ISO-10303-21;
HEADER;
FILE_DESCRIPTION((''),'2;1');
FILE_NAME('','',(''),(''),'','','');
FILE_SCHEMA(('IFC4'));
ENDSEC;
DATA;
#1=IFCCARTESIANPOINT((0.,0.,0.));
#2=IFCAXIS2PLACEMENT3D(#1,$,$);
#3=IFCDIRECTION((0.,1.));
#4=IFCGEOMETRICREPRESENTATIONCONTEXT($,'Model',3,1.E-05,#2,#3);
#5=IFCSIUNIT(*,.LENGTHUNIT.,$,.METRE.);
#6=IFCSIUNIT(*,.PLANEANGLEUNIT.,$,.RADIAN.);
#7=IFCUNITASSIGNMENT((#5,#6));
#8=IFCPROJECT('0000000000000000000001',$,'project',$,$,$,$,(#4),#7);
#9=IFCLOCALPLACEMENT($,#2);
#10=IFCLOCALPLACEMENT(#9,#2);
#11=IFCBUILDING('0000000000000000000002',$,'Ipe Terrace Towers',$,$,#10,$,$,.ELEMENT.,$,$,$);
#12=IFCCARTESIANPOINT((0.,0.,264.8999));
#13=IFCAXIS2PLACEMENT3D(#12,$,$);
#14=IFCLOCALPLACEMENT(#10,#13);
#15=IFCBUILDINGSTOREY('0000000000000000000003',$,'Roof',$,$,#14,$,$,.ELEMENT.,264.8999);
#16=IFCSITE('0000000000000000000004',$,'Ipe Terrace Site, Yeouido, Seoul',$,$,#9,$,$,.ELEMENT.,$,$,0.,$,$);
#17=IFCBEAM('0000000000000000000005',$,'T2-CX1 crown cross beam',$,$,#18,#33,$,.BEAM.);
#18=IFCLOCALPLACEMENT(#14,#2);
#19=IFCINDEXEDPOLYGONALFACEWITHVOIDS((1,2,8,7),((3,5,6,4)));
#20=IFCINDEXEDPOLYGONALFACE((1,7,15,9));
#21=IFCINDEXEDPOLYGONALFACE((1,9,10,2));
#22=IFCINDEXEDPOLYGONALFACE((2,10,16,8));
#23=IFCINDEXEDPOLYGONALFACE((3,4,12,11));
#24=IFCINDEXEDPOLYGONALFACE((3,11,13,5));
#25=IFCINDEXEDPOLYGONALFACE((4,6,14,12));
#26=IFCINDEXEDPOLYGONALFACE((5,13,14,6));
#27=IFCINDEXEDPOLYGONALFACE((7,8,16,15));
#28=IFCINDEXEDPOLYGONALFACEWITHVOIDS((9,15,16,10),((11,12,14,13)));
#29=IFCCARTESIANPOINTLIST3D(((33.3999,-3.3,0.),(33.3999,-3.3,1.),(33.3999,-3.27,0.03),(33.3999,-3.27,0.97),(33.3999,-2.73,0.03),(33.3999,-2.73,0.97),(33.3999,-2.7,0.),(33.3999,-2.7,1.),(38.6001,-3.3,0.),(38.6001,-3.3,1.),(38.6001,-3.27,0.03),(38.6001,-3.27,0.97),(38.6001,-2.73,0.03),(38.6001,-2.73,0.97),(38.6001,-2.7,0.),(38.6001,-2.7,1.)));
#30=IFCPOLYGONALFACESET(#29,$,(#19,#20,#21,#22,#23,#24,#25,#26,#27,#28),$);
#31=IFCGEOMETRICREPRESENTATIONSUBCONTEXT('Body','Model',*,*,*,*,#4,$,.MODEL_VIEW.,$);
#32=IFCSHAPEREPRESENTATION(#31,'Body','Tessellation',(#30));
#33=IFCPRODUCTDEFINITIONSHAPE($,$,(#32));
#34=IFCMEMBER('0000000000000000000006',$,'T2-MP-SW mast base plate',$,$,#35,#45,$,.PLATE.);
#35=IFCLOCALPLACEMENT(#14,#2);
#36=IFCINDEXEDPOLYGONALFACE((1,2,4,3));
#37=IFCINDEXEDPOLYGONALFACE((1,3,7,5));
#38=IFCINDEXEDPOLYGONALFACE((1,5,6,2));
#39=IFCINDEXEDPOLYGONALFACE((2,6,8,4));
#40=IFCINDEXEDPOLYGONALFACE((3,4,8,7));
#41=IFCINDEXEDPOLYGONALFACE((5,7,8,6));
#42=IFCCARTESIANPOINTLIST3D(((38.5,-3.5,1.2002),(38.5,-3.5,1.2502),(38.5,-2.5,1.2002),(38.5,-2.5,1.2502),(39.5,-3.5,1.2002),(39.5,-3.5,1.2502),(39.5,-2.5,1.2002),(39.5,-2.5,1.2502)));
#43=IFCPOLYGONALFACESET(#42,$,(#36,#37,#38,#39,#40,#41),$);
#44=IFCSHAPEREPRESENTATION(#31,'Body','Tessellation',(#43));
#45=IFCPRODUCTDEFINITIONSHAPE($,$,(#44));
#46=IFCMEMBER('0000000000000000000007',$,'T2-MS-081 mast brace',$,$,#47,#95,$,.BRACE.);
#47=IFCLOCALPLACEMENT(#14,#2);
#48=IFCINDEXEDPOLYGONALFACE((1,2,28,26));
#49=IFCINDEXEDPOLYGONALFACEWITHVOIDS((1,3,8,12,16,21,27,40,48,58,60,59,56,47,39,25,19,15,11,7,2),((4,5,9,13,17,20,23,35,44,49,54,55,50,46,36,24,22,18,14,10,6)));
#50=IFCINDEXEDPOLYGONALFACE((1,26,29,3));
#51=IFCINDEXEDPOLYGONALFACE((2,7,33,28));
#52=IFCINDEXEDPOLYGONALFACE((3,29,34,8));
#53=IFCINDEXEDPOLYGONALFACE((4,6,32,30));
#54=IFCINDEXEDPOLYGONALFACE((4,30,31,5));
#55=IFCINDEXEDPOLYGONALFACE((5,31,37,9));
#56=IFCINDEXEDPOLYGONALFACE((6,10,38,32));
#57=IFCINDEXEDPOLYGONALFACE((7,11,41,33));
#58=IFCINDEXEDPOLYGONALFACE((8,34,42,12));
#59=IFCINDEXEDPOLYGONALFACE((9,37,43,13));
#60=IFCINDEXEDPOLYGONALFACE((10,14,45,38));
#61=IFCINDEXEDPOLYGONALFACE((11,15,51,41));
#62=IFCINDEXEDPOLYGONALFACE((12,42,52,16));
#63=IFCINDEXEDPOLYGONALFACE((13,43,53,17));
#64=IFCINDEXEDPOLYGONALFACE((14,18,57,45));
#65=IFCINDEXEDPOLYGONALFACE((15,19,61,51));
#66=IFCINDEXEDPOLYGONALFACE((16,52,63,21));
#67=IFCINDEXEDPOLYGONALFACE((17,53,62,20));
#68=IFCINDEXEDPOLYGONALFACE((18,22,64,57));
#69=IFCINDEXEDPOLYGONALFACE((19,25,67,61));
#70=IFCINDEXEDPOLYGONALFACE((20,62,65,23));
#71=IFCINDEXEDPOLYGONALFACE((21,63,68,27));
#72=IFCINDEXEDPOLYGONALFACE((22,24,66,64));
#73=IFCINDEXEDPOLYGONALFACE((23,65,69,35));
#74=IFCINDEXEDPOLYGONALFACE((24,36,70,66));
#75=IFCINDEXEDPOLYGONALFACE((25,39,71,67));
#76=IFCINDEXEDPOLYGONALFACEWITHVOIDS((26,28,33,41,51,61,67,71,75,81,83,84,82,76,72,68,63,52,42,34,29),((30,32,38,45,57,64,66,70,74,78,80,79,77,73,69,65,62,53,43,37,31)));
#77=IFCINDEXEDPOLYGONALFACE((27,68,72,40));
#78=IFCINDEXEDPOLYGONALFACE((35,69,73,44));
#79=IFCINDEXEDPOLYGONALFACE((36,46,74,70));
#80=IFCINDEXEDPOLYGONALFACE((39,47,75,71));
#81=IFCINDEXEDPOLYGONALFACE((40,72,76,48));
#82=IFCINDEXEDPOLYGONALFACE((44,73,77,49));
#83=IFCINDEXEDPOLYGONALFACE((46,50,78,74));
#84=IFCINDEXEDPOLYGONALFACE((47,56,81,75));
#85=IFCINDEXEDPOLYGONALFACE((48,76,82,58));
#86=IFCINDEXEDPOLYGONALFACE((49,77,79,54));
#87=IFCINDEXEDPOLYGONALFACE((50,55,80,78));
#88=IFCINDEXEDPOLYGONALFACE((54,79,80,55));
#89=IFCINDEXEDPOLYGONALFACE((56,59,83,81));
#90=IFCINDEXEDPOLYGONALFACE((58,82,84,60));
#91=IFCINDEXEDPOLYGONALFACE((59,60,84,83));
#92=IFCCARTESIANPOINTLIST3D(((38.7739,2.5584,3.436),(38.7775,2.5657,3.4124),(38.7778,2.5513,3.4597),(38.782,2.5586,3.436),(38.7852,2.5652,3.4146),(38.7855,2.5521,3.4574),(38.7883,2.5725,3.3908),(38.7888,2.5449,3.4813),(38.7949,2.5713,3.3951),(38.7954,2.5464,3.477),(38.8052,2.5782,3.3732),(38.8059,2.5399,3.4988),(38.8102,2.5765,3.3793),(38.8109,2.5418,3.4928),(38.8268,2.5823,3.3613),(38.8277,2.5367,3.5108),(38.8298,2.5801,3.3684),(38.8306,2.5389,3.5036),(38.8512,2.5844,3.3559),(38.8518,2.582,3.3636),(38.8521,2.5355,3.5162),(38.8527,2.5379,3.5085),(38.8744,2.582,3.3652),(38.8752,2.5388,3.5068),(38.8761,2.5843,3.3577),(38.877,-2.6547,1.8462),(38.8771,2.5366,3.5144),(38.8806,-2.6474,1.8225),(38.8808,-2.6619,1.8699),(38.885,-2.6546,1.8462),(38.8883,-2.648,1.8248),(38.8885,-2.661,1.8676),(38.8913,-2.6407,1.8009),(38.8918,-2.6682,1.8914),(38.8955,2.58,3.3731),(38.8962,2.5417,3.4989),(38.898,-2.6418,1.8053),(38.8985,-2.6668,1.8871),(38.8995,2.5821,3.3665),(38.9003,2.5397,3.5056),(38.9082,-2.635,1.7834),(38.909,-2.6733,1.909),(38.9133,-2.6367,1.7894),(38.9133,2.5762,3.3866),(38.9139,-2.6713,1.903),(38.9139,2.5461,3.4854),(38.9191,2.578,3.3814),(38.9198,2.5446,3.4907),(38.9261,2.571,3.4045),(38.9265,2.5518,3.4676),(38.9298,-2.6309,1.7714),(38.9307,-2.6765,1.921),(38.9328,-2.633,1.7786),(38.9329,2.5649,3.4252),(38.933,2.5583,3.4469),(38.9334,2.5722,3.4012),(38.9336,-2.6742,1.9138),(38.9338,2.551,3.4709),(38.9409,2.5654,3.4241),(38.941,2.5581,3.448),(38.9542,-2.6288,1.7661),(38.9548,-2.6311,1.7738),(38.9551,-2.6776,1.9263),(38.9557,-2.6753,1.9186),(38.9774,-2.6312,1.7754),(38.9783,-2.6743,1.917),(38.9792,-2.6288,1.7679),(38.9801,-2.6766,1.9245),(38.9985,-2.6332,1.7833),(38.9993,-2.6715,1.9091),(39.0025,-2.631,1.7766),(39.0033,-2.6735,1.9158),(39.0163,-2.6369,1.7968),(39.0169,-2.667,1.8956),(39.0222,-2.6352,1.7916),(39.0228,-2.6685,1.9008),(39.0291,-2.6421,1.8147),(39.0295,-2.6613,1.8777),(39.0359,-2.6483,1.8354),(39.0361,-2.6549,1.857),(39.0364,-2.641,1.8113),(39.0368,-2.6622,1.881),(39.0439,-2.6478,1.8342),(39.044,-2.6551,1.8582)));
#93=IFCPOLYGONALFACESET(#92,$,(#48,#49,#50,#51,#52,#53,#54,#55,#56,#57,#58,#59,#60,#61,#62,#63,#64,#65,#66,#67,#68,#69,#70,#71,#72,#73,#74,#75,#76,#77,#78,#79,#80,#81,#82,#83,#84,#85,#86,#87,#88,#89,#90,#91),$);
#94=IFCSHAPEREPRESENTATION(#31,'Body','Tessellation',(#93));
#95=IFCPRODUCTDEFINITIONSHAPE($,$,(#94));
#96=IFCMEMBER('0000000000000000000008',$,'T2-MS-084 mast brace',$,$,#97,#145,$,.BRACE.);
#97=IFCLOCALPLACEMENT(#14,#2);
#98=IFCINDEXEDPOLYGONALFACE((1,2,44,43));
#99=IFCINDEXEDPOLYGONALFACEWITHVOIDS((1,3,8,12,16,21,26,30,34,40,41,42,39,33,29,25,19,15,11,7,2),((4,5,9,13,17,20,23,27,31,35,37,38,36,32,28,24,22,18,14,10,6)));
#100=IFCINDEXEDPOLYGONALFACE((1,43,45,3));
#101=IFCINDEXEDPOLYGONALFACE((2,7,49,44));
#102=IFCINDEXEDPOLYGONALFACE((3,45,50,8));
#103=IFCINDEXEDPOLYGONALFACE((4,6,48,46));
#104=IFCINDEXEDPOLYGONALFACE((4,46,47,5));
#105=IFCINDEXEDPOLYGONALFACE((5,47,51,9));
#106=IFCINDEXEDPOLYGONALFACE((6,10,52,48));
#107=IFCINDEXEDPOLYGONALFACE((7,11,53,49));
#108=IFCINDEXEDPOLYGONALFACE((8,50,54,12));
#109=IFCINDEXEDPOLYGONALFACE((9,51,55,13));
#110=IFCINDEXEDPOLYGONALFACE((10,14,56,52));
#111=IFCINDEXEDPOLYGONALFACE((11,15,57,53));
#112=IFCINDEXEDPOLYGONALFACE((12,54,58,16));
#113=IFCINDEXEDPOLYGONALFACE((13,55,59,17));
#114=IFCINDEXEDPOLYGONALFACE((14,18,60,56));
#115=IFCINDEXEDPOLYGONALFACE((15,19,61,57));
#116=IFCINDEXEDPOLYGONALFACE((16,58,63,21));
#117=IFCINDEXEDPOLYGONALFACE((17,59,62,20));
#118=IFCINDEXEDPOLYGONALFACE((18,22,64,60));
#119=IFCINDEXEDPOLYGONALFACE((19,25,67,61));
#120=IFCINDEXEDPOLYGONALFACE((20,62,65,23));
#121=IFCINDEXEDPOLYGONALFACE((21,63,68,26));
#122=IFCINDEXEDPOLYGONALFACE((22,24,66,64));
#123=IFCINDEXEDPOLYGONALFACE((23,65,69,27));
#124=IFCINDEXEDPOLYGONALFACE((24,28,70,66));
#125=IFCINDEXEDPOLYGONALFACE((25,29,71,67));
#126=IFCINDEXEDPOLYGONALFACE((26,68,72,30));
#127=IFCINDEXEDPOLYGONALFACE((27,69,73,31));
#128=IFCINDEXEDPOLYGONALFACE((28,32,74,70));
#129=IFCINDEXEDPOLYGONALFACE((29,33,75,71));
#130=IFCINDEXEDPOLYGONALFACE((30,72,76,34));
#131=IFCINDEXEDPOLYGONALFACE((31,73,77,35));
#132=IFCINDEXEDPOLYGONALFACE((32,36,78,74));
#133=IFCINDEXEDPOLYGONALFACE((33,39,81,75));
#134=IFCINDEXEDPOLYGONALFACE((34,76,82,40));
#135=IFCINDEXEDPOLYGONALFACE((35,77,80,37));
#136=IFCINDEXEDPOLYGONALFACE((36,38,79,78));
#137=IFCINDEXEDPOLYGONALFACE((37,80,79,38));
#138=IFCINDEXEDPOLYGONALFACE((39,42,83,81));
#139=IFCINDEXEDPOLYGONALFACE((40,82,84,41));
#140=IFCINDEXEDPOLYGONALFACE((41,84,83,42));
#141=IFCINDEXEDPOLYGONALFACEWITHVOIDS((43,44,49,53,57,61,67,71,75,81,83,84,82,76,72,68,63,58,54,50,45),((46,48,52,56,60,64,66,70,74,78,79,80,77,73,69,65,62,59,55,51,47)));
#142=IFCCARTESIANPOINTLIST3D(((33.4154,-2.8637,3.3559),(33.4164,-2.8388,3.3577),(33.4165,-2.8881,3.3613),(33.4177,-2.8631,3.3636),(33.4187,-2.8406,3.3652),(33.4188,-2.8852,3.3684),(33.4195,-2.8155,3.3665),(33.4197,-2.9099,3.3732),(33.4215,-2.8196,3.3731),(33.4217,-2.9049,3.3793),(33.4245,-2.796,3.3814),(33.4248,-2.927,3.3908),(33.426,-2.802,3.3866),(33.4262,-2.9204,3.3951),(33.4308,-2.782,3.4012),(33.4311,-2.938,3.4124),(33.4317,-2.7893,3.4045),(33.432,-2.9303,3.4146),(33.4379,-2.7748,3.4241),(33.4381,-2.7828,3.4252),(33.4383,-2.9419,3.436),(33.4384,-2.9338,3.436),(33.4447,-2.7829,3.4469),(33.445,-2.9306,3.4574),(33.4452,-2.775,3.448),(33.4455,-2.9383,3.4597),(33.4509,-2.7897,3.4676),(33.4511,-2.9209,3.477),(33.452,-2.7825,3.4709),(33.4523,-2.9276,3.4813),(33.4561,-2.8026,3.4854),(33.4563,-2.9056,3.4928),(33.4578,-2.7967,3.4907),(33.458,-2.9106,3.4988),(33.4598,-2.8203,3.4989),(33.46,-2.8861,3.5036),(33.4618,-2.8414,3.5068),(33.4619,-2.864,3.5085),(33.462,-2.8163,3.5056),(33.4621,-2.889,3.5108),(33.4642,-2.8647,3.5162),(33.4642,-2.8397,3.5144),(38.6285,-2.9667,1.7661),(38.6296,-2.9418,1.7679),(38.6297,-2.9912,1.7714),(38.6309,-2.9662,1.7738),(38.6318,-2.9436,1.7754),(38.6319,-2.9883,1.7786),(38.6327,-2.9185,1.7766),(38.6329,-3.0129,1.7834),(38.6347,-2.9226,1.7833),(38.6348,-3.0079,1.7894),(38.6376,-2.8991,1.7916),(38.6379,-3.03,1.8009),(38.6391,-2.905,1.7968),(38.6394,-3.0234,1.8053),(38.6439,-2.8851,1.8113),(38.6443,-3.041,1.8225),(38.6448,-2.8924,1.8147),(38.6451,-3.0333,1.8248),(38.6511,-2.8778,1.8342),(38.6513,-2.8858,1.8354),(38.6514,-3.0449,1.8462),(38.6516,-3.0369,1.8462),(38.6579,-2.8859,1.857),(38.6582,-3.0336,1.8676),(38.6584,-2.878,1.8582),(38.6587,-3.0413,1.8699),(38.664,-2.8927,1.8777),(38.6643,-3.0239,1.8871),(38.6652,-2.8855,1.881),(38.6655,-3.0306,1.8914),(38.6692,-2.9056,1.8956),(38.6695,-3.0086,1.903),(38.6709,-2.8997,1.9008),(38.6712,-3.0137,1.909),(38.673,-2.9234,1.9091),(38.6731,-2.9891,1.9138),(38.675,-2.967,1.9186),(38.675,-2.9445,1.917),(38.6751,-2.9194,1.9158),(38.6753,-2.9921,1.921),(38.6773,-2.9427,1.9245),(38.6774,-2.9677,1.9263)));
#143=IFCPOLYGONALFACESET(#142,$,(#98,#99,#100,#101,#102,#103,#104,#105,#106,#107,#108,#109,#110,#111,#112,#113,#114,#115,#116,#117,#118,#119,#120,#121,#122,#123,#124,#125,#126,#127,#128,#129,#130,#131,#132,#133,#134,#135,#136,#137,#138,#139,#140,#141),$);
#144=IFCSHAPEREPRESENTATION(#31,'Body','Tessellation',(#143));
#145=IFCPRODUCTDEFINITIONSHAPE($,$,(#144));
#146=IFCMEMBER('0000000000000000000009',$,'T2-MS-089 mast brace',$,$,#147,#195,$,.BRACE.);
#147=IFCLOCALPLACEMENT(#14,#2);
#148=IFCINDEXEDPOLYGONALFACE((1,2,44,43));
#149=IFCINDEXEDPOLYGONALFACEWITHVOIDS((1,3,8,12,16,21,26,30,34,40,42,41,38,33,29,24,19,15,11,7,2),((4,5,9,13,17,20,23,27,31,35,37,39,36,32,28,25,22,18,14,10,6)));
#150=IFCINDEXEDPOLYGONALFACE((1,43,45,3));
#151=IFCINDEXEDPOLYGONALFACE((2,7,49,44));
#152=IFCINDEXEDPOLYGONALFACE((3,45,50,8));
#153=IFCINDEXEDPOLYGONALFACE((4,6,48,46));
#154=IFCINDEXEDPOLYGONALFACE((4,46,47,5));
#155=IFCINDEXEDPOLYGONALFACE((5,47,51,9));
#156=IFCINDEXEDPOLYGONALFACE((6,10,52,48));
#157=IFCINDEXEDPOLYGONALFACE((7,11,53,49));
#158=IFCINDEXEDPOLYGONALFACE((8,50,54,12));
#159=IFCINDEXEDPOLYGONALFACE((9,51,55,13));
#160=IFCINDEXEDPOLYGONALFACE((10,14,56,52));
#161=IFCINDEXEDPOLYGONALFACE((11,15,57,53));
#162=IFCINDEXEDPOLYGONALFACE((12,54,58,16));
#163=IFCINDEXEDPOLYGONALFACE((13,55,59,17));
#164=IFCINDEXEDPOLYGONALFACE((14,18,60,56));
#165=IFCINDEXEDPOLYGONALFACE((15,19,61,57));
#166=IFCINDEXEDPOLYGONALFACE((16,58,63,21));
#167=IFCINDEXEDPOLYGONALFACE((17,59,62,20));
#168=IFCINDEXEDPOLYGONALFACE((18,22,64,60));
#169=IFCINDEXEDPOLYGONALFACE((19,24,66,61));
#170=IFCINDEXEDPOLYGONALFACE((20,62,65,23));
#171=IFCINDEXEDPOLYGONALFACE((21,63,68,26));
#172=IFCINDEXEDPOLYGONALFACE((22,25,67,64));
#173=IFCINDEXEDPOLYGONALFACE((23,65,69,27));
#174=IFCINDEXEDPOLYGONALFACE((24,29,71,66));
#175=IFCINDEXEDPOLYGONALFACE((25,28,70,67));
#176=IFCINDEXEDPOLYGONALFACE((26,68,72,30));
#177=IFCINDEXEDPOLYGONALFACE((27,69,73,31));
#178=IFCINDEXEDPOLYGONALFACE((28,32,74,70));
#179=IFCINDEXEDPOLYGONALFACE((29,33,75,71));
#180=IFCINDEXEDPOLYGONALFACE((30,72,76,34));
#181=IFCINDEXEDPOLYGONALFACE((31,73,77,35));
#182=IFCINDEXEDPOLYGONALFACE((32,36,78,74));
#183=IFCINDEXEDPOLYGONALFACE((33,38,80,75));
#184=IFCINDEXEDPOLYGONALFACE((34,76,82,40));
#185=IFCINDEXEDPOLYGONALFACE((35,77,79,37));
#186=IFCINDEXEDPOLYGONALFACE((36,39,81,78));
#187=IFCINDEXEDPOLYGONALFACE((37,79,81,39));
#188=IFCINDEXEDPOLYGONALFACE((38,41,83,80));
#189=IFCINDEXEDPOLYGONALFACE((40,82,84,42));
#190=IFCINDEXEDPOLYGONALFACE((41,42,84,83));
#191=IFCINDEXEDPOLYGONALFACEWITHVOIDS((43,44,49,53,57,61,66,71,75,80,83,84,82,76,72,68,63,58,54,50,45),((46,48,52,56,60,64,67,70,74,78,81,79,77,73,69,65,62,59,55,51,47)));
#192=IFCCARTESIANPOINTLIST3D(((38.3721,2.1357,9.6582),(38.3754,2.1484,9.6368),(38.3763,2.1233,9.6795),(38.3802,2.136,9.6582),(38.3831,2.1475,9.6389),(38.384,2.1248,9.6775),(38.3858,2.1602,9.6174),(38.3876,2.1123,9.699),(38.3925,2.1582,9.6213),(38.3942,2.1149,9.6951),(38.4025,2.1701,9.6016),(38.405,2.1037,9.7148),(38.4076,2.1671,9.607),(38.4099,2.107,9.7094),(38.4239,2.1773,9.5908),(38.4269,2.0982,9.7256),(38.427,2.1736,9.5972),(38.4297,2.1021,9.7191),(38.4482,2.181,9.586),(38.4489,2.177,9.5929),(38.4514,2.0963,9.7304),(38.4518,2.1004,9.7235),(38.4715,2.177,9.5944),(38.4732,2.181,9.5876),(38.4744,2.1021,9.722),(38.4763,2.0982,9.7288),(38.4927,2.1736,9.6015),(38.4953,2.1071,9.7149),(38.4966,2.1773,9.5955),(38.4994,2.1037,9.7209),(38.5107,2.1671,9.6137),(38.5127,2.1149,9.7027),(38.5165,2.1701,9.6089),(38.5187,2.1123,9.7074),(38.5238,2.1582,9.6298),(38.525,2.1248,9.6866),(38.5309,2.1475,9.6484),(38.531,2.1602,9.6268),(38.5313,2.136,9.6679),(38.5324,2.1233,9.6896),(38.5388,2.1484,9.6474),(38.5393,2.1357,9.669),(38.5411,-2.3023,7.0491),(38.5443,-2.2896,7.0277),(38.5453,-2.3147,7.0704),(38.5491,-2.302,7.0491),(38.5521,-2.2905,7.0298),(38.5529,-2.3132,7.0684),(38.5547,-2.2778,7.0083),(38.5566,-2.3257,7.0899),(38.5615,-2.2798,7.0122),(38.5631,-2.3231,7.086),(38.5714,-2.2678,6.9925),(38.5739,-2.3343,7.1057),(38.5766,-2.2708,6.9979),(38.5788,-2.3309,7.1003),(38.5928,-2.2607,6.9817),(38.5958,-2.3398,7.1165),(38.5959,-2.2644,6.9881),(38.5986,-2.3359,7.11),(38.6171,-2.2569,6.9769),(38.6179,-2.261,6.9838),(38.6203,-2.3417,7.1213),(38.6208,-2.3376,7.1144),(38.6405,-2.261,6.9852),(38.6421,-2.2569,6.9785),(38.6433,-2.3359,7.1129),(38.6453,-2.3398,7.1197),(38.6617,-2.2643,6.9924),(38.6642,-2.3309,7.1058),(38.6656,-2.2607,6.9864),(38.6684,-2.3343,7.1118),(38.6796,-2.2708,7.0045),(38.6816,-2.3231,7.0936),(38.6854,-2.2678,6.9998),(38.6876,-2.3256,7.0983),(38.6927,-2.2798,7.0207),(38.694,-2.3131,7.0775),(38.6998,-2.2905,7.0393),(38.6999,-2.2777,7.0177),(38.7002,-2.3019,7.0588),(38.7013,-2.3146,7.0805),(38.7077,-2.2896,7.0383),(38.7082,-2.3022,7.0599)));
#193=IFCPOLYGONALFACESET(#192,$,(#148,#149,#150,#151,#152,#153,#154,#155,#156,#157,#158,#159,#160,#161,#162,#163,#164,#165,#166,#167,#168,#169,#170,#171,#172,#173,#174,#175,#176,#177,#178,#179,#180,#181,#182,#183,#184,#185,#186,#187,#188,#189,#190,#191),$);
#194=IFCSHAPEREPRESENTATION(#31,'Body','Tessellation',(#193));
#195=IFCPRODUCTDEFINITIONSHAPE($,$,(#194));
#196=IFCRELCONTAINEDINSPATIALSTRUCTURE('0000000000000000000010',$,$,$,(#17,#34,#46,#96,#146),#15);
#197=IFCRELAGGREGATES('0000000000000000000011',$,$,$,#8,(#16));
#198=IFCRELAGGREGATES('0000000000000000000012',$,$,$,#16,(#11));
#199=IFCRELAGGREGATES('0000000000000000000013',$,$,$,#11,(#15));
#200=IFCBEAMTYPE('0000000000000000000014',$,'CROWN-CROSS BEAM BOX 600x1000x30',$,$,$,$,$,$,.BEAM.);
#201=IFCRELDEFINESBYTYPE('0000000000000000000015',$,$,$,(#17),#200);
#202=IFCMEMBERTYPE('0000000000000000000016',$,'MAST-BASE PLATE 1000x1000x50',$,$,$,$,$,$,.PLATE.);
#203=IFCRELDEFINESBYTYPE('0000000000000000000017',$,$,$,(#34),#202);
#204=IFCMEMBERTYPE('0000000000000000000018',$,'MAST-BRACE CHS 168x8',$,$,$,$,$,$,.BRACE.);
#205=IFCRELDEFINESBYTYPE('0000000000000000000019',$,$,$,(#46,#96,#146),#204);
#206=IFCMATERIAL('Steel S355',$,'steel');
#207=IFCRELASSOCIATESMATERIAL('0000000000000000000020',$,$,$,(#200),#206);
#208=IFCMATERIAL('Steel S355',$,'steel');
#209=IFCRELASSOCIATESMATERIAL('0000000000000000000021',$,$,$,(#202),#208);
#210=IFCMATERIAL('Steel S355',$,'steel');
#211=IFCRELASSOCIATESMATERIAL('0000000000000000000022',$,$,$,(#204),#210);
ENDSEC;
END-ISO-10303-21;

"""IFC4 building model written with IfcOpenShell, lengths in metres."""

from ifc_helpers import new_model, si_unit, direction, frame, origin, origin_2d, place, context, subcontext, project, spatial, rectangle, hollow_rectangle, hollow_circle, extrude, material, material_profile, profile_set, type_object, element, save


model = new_model("IFC4")

# Units and contexts
model_context = context("Model", 3, precision=1e-05, world=origin(), true_north=direction((0.0, 1.0)))
body_context = subcontext(model_context, "Body", "Model", "MODEL_VIEW")
ifc_project = project(units=[si_unit("LENGTHUNIT", "METRE"), si_unit("PLANEANGLEUNIT", "RADIAN")], contexts=[model_context])

# Site, building, storey
site_placement = place(None, origin())
site = spatial("IfcSite", under=ifc_project, at=site_placement, Name="Ipe Terrace Site, Yeouido, Seoul", CompositionType="ELEMENT", RefElevation=0.0)
building_placement = place(site_placement, origin())
building = spatial("IfcBuilding", under=site, at=building_placement, Name="Ipe Terrace Towers", CompositionType="ELEMENT")
storey_placement = place(building_placement, frame((0.0, 0.0, 264.8999)))
storey = spatial("IfcBuildingStorey", under=building, at=storey_placement, Name="Roof", CompositionType="ELEMENT", Elevation=264.8999)

# Beam
ifc_material_1 = material(Name="Steel S355", Category="steel")
ifc_material_profile_1 = material_profile(ifc_material_1, hollow_rectangle(XDim=0.6001, YDim=1.0, WallThickness=0.03, at=origin_2d()), Name="CROWN-CROSS BEAM BOX 600x1000x30")
ifc_profile_set_1 = profile_set([ifc_material_profile_1], Name="Steel S355")
beam_type_1 = type_object("IfcBeamType", Name="CROWN-CROSS BEAM BOX 600x1000x30", PredefinedType="BEAM", material=ifc_profile_set_1)
beam_1_placement = place(storey_placement, frame((38.6001, -3.0, 0.5), z_axis=(-1.0, 0.0, 0.0), x_axis=(0.0, -1.0, 0.0)))
element("IfcBeam", 1, at=beam_1_placement, inside=storey, type_object=beam_type_1, Name="T2-CX1 crown cross beam", PredefinedType="BEAM", context=body_context, shape_type="SweptSolid", body=[
    extrude(hollow_rectangle(XDim=0.6001, YDim=1.0, WallThickness=0.03, at=origin_2d()), origin(), (0.0, 0.0, 1.0), 5.2002),
])

# Members
ifc_material_2 = material(Name="Steel S355", Category="steel")
member_type_1 = type_object("IfcMemberType", Name="MAST-BASE PLATE 1000x1000x50", PredefinedType="PLATE", material=ifc_material_2)
member_1_placement = place(storey_placement, frame((39.0, -3.0, 1.2002), z_axis=(0.0, 0.0, 1.0), x_axis=(1.0, 0.0, 0.0)))
element("IfcMember", 2, at=member_1_placement, inside=storey, type_object=member_type_1, Name="T2-MP-SW mast base plate", PredefinedType="PLATE", context=body_context, shape_type="SweptSolid", body=[
    extrude(rectangle(XDim=1.0, YDim=1.0, at=origin_2d()), origin(), (0.0, 0.0, 1.0), 0.05),
])
ifc_material_3 = material(Name="Steel S355", Category="steel")
ifc_material_profile_2 = material_profile(ifc_material_3, hollow_circle(Radius=0.084, WallThickness=0.0081, at=origin_2d()), Name="MAST-BRACE CHS 168x8")
ifc_profile_set_2 = profile_set([ifc_material_profile_2], Name="Steel S355")
member_type_2 = type_object("IfcMemberType", Name="MAST-BRACE CHS 168x8", PredefinedType="BRACE", material=ifc_profile_set_2)
for number, where, z_axis, x_axis, name in (
    (3, (38.9609, -2.6531, 1.8462), (-0.0189, 0.956337, 0.291653), (-0.999805, -0.019759, 0.0), "T2-MS-081 mast brace"),
    (4, (38.6531, -2.9609, 1.8462), (-0.956337, 0.0189, 0.291653), (-0.019759, -0.999805, 0.0), "T2-MS-084 mast brace"),
):
    element("IfcMember", number, at=place(storey_placement, frame(where, z_axis=z_axis, x_axis=x_axis)), inside=storey, type_object=member_type_2, Name=name, PredefinedType="BRACE", context=body_context, shape_type="SweptSolid", body=[
        extrude(hollow_circle(Radius=0.084, WallThickness=0.0081, at=origin_2d()), origin(), (0.0, 0.0, 1.0), 5.4512),
    ])
for number, where, z_axis, x_axis, name in (
    (5, (38.625, -2.2991, 7.0491), (-0.032799, 0.861594, 0.506538), (-0.999276, -0.03804, 0.0), "T2-MS-089 mast brace"),
):
    element("IfcMember", number, at=place(storey_placement, frame(where, z_axis=z_axis, x_axis=x_axis)), inside=storey, type_object=member_type_2, Name=name, PredefinedType="BRACE", context=body_context, shape_type="SweptSolid", body=[
        extrude(hollow_circle(Radius=0.084, WallThickness=0.0081, at=origin_2d()), origin(), (0.0, 0.0, 1.0), 5.1509),
    ])

save(model, "model.ifc")
